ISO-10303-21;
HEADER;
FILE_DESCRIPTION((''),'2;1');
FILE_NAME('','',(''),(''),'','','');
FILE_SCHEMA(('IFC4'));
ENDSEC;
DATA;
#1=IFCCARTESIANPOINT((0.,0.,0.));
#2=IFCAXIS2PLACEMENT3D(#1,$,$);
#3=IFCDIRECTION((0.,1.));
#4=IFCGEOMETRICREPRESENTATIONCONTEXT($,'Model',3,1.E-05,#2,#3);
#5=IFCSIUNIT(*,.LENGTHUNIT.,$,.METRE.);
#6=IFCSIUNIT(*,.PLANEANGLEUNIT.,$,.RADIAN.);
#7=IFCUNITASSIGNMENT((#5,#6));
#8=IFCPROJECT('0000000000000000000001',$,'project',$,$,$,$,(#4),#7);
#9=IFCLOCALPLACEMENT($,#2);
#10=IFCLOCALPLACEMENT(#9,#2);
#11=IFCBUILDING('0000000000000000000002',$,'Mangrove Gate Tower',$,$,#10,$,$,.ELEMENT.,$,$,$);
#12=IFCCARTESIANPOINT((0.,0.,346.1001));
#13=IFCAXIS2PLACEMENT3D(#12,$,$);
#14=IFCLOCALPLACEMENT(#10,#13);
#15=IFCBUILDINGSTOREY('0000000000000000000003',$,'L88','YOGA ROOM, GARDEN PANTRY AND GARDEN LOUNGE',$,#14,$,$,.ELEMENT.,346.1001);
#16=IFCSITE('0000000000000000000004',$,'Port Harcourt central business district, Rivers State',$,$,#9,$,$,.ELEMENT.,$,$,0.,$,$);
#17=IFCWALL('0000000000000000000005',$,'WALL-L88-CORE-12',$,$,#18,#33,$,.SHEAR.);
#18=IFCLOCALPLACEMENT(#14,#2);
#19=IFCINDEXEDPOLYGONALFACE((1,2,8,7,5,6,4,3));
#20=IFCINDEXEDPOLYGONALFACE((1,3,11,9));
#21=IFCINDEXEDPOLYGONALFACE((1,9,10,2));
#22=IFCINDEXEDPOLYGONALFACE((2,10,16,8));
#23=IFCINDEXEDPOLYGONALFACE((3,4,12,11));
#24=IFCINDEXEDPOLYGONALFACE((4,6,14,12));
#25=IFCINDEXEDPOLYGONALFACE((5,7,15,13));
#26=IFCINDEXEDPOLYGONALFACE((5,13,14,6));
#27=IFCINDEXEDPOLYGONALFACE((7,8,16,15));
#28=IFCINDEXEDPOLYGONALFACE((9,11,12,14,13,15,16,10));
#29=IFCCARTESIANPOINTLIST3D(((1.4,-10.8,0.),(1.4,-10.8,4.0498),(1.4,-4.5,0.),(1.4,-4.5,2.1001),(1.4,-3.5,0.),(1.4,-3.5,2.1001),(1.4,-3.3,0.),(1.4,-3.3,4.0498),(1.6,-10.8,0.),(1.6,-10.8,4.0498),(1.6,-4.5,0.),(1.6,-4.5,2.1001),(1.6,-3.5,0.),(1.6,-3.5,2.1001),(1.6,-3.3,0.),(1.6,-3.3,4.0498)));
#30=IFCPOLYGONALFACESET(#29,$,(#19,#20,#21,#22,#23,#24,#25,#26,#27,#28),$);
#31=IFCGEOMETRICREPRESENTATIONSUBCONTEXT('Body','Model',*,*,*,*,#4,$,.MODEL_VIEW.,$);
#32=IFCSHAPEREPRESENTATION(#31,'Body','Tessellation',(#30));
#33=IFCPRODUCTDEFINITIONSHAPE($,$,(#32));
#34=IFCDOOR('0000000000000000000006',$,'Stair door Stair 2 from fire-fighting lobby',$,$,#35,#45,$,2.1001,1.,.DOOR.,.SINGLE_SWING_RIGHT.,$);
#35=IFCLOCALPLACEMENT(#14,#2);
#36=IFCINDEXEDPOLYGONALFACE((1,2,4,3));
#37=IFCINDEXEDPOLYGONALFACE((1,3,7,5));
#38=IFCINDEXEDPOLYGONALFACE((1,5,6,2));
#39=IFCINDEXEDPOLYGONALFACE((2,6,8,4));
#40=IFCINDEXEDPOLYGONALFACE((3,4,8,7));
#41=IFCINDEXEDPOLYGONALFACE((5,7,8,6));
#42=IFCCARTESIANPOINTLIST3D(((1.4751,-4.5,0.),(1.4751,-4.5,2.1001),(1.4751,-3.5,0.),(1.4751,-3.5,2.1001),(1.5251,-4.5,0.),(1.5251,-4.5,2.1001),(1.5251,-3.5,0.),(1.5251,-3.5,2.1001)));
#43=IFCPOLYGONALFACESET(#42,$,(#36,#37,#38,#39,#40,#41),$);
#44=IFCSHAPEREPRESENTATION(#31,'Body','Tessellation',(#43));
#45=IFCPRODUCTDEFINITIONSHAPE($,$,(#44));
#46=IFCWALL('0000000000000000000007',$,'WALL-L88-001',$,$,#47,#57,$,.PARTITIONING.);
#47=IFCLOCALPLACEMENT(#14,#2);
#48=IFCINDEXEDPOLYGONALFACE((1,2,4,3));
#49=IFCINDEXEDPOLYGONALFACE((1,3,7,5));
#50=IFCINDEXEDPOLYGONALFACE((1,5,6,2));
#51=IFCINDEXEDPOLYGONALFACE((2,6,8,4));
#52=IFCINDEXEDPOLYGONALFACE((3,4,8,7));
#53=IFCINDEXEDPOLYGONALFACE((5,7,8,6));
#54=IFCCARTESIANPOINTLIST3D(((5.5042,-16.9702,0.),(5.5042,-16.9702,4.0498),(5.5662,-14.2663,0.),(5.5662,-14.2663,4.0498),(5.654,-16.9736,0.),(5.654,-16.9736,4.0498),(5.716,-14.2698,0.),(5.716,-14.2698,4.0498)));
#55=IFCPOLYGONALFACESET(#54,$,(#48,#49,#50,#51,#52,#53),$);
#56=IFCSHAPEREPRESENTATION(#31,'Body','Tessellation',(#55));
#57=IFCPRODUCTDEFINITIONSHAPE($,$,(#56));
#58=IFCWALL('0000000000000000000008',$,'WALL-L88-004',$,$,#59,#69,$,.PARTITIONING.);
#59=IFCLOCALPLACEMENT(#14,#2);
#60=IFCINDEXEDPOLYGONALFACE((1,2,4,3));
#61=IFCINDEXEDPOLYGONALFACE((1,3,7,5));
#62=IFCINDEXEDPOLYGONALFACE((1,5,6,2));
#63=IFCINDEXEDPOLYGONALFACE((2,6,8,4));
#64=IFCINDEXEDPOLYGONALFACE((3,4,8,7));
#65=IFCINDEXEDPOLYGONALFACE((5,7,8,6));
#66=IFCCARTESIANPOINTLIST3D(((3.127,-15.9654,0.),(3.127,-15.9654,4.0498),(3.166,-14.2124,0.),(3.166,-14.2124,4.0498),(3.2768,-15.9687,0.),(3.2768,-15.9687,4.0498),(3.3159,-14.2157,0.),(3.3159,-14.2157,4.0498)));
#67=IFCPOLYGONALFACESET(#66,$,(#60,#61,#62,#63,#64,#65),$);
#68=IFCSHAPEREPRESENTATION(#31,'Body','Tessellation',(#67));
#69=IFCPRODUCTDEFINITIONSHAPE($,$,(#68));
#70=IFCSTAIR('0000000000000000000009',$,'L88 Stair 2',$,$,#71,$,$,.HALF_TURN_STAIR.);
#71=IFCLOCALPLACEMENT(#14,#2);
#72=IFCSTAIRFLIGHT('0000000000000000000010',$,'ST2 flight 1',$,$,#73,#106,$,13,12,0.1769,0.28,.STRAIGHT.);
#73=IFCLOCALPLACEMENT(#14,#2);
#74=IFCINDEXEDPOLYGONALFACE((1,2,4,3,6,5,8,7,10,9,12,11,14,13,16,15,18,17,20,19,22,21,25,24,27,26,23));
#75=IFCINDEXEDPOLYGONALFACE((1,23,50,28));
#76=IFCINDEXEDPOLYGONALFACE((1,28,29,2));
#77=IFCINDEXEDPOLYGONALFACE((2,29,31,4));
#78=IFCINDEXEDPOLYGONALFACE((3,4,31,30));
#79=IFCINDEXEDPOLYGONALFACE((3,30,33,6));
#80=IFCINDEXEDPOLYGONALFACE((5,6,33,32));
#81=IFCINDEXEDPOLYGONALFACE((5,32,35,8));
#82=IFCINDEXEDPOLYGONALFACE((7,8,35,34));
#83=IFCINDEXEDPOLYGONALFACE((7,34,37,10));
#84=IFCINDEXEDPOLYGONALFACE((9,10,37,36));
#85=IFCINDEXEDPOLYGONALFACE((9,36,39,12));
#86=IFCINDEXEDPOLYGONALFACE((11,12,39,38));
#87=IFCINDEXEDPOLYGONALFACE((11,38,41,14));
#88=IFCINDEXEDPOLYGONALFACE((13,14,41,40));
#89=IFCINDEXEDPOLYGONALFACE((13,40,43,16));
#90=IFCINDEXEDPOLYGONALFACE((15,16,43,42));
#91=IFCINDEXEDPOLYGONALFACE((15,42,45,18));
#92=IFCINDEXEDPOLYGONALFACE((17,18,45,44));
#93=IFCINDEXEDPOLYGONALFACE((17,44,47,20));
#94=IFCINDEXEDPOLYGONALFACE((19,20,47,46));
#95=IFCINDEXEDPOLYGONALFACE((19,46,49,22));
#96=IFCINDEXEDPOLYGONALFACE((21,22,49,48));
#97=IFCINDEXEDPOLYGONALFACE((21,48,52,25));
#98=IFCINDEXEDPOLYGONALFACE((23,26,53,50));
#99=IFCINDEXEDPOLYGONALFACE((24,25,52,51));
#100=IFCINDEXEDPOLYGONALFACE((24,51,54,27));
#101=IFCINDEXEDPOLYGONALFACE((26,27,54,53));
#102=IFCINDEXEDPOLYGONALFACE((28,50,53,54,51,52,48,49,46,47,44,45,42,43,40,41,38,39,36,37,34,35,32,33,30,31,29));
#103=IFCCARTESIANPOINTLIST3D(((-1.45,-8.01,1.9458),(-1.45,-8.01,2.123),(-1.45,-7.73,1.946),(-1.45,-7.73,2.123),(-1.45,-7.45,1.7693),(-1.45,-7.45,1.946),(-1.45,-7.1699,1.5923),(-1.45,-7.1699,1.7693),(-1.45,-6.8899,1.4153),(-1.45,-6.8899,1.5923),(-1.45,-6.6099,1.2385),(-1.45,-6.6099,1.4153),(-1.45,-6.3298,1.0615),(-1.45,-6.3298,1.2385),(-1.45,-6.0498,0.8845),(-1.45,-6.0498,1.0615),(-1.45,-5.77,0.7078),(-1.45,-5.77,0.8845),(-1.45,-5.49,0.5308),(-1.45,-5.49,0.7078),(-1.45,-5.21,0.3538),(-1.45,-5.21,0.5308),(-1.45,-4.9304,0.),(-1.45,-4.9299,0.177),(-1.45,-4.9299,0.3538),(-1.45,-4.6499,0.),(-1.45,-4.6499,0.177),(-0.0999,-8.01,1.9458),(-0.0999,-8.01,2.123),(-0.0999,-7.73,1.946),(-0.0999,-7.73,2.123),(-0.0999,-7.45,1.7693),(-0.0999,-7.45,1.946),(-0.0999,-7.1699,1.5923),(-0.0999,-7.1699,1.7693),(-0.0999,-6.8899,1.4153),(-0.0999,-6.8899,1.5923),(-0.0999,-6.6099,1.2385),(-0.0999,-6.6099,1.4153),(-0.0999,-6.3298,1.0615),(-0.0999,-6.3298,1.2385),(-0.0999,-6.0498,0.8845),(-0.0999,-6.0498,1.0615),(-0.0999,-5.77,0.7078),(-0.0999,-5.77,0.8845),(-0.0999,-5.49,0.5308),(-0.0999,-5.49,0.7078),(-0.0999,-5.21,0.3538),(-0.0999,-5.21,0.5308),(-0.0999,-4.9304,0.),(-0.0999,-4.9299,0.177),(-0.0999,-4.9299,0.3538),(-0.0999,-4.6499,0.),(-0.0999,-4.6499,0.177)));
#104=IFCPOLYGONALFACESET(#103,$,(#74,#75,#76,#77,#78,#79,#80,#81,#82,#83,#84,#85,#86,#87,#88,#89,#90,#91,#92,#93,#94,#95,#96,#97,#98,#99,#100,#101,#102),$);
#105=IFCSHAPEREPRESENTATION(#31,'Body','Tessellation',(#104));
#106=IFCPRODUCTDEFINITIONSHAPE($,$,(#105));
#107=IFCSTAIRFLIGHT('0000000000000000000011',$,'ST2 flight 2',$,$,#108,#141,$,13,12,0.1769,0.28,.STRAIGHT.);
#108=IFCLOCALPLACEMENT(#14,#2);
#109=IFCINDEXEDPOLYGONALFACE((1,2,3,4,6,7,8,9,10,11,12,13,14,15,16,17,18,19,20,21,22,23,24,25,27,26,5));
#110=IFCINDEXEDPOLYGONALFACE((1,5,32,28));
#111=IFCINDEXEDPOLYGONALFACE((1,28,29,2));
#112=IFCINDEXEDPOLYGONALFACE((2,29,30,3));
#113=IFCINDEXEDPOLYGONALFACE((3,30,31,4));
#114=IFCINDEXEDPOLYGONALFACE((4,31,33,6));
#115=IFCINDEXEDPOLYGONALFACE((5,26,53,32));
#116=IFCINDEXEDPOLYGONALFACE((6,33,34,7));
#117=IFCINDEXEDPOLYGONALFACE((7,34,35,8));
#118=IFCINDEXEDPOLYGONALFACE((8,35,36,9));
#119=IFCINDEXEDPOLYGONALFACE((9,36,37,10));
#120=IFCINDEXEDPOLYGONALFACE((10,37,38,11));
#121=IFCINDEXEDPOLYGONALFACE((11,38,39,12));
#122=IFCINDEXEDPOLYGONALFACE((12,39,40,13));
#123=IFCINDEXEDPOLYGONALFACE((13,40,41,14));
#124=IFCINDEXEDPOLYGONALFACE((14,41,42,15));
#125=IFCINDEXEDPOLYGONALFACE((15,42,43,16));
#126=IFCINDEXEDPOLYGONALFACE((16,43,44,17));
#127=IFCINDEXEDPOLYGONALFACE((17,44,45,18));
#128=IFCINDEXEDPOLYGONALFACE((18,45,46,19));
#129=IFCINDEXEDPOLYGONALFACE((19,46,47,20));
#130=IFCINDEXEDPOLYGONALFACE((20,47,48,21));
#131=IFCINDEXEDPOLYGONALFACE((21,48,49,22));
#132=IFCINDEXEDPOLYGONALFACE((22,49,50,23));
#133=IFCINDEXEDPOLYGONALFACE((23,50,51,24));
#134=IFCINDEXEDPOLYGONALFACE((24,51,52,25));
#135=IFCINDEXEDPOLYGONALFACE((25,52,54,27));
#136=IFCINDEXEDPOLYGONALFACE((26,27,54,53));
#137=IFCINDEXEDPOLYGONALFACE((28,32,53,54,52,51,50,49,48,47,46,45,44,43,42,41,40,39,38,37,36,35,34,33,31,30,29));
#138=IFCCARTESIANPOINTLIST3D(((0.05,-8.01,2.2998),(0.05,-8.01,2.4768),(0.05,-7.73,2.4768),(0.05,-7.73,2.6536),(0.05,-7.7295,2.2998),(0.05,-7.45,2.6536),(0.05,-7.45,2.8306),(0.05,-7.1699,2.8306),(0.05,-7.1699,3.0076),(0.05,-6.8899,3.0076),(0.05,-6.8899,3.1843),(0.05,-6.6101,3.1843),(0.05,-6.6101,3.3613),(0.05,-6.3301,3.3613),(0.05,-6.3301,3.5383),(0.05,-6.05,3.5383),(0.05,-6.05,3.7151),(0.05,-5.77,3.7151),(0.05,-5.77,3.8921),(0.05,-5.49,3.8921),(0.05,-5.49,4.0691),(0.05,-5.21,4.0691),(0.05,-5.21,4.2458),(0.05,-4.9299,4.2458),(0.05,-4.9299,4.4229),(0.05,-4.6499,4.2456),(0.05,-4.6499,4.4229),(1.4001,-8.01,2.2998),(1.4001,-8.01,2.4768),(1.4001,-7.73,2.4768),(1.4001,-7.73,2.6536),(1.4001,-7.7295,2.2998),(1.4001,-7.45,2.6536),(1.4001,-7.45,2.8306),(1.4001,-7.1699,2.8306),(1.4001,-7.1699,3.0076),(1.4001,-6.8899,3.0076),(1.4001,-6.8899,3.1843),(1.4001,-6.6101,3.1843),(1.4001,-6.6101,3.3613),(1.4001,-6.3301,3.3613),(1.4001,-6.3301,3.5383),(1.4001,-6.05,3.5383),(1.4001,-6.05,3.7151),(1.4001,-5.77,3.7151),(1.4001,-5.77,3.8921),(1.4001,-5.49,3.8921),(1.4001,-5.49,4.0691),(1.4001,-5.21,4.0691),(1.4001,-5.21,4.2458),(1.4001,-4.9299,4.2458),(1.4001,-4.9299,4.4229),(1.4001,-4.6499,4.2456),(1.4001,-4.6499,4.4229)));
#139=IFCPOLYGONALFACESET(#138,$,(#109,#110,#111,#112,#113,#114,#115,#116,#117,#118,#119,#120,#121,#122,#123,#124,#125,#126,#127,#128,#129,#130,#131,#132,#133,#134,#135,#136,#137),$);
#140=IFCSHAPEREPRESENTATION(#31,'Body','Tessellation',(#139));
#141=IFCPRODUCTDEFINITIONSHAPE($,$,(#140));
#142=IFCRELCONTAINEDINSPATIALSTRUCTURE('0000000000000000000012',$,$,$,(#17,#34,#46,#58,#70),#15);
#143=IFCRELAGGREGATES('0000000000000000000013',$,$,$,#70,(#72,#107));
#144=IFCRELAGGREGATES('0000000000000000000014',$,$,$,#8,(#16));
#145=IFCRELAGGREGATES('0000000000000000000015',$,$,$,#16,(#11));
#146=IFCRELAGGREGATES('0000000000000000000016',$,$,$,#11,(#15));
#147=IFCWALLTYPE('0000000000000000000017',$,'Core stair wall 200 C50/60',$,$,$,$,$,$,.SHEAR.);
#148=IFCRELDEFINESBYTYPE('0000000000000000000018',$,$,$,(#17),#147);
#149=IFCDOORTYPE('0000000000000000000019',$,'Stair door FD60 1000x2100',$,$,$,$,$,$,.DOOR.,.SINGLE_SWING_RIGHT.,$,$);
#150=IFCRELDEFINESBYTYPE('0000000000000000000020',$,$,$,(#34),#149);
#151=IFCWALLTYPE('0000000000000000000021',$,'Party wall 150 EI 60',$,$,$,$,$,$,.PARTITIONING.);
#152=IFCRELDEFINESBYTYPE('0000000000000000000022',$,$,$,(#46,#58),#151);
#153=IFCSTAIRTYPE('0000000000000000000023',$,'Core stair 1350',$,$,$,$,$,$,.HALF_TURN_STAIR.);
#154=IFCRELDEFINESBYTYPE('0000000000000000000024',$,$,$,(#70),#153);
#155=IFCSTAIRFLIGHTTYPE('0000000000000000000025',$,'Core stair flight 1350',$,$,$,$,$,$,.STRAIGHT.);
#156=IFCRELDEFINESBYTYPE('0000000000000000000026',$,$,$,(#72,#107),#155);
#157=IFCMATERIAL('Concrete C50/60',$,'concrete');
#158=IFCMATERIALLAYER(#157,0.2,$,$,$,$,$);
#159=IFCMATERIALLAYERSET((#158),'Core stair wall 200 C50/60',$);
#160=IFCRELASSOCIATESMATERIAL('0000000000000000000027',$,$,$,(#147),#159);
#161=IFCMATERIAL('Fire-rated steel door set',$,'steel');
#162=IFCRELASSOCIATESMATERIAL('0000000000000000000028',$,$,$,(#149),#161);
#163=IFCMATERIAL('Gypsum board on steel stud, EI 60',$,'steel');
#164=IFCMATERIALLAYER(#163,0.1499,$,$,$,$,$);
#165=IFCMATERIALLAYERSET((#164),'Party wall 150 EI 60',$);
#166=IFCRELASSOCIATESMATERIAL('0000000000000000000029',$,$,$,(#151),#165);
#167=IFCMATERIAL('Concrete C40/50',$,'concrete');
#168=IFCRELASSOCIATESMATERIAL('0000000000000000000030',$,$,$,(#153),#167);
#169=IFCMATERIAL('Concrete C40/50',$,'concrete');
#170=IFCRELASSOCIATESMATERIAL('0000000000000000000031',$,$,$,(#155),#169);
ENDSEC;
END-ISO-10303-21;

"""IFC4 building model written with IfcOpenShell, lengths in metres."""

from ifc_helpers import new_model, si_unit, direction, frame, frame_2d, origin, place, context, subcontext, project, spatial, polyline, rectangle, outline, extrude, material, layer, layer_set, type_object, element, fill, aggregate, save


model = new_model("IFC4")

# Units and contexts
model_context = context("Model", 3, precision=1e-05, world=origin(), true_north=direction((0.0, 1.0)))
body_context = subcontext(model_context, "Body", "Model", "MODEL_VIEW")
ifc_project = project(units=[si_unit("LENGTHUNIT", "METRE"), si_unit("PLANEANGLEUNIT", "RADIAN")], contexts=[model_context])

# Site, building, storey
site_placement = place(None, origin())
site = spatial("IfcSite", under=ifc_project, at=site_placement, Name="Port Harcourt central business district, Rivers State", CompositionType="ELEMENT", RefElevation=0.0)
building_placement = place(site_placement, origin())
building = spatial("IfcBuilding", under=site, at=building_placement, Name="Mangrove Gate Tower", CompositionType="ELEMENT")
storey_placement = place(building_placement, frame((0.0, 0.0, 346.1001)))
storey = spatial("IfcBuildingStorey", under=building, at=storey_placement, Name="L88", Description="YOGA ROOM, GARDEN PANTRY AND GARDEN LOUNGE", CompositionType="ELEMENT", Elevation=346.1001)

# Wall, opening, door
ifc_material_1 = material(Name="Concrete C50/60", Category="concrete")
ifc_layer_1 = layer(ifc_material_1, 0.2)
ifc_layer_set_1 = layer_set([ifc_layer_1], Name="Core stair wall 200 C50/60")
wall_type_1 = type_object("IfcWallType", Name="Core stair wall 200 C50/60", PredefinedType="SHEAR", material=ifc_layer_set_1)
ifc_material_2 = material(Name="Fire-rated steel door set", Category="steel")
door_type_1 = type_object("IfcDoorType", Name="Stair door FD60 1000x2100", OperationType="SINGLE_SWING_RIGHT", PredefinedType="DOOR", material=ifc_material_2)
wall_1_placement = place(storey_placement, frame((1.5, -10.8, 0.0), z_axis=(0.0, 0.0, 1.0), x_axis=(0.0, 1.0, 0.0)))
wall_1 = element("IfcWall", 1, at=wall_1_placement, inside=storey, type_object=wall_type_1, Name="WALL-L88-CORE-12", PredefinedType="SHEAR", context=body_context, shape_type="SweptSolid", body=[
    extrude(rectangle(XDim=7.5, YDim=0.2, at=frame_2d((3.75, 0.0))), origin(), (0.0, 0.0, 1.0), 4.0498),
])
opening_1_placement = place(wall_1_placement, frame((6.3, 0.0, 0.0)))
opening_1 = element("IfcOpeningElement", 2, at=opening_1_placement, cuts=wall_1, PredefinedType="OPENING", context=body_context, shape_type="SweptSolid", body=[
    extrude(rectangle(XDim=1.0, YDim=2.1001, at=frame_2d((0.5, 1.05))), frame((0.0, 0.1099, 0.0), z_axis=(0.0, -1.0, 0.0), x_axis=(1.0, 0.0, 0.0)), (0.0, 0.0, 1.0), 0.22),
])
door_1_placement = place(opening_1_placement, origin())
door_1 = element("IfcDoor", 3, at=door_1_placement, inside=storey, type_object=door_type_1, Name="Stair door Stair 2 from fire-fighting lobby", OperationType="SINGLE_SWING_RIGHT", OverallHeight=2.1001, OverallWidth=1.0, PredefinedType="DOOR", context=body_context, shape_type="SweptSolid", body=[
    extrude(rectangle(XDim=1.0, YDim=2.1001, at=frame_2d((0.5, 1.05))), frame((0.0, 0.0249, 0.0), z_axis=(0.0, -1.0, 0.0), x_axis=(1.0, 0.0, 0.0)), (0.0, 0.0, 1.0), 0.05),
])
fill(opening_1, door_1)

# Walls
ifc_material_3 = material(Name="Gypsum board on steel stud, EI 60", Category="steel")
ifc_layer_2 = layer(ifc_material_3, 0.1499)
ifc_layer_set_2 = layer_set([ifc_layer_2], Name="Party wall 150 EI 60")
wall_type_2 = type_object("IfcWallType", Name="Party wall 150 EI 60", PredefinedType="PARTITIONING", material=ifc_layer_set_2)
wall_2_placement = place(storey_placement, frame((5.5791, -16.9719, 0.0), z_axis=(0.0, 0.0, 1.0), x_axis=(0.022929, 0.999737, 0.0)))
element("IfcWall", 4, at=wall_2_placement, inside=storey, type_object=wall_type_2, Name="WALL-L88-001", PredefinedType="PARTITIONING", context=body_context, shape_type="SweptSolid", body=[
    extrude(rectangle(XDim=2.7046, YDim=0.1499, at=frame_2d((1.3523, 0.0))), origin(), (0.0, 0.0, 1.0), 4.0498),
])
wall_3_placement = place(storey_placement, frame((3.2019, -15.967, 0.0), z_axis=(0.0, 0.0, 1.0), x_axis=(0.022279, 0.999752, 0.0)))
element("IfcWall", 5, at=wall_3_placement, inside=storey, type_object=wall_type_2, Name="WALL-L88-004", PredefinedType="PARTITIONING", context=body_context, shape_type="SweptSolid", body=[
    extrude(rectangle(XDim=1.7534, YDim=0.1499, at=frame_2d((0.8767, 0.0))), origin(), (0.0, 0.0, 1.0), 4.0498),
])

# Stair, stair flights
ifc_material_4 = material(Name="Concrete C40/50", Category="concrete")
stair_type = type_object("IfcStairType", Name="Core stair 1350", PredefinedType="HALF_TURN_STAIR", material=ifc_material_4)
stair_placement = place(storey_placement, origin())
stair = element("IfcStair", 6, at=stair_placement, inside=storey, type_object=stair_type, Name="L88 Stair 2", PredefinedType="HALF_TURN_STAIR")
ifc_material_5 = material(Name="Concrete C40/50", Category="concrete")
stair_flight_type = type_object("IfcStairFlightType", Name="Core stair flight 1350", PredefinedType="STRAIGHT", material=ifc_material_5)
stair_flight_1_placement = place(storey_placement, frame((-0.7749, -4.6499, 0.0), z_axis=(0.0, 0.0, 1.0), x_axis=(0.0, -1.0, 0.0)))
stair_flight_1 = element("IfcStairFlight", 7, at=stair_flight_1_placement, type_object=stair_flight_type, Name="ST2 flight 1", NumberOfRisers=13, NumberOfTreads=12, PredefinedType="STRAIGHT", RiserHeight=0.1769, TreadLength=0.28, context=body_context, shape_type="SweptSolid", body=[
    extrude(outline(polyline([(0.0, 0.0), (0.0, 0.177), (0.28, 0.177), (0.28, 0.3538), (0.5601, 0.3538), (0.5601, 0.5308), (0.8401, 0.5308), (0.8401, 0.7078), (1.1201, 0.7078), (1.1201, 0.8845), (1.3999, 0.8845), (1.3999, 1.0615), (1.6799, 1.0615), (1.6799, 1.2385), (1.96, 1.2385), (1.96, 1.4153), (2.24, 1.4153), (2.24, 1.5923), (2.52, 1.5923), (2.52, 1.7693), (2.8, 1.7693), (2.8, 1.946), (3.0801, 1.946), (3.0801, 2.123), (3.3601, 2.123), (3.3601, 2.3), (3.3601, 1.9458), (0.2805, 0.0), (0.0, 0.0)])), frame((0.0, 0.675, 0.0), z_axis=(0.0, -1.0, 0.0), x_axis=(1.0, 0.0, 0.0)), (0.0, 0.0, 1.0), 1.3501),
])
stair_flight_2_placement = place(storey_placement, frame((0.7251, -8.01, 2.2998), z_axis=(0.0, 0.0, 1.0), x_axis=(0.0, 1.0, 0.0)))
stair_flight_2 = element("IfcStairFlight", 8, at=stair_flight_2_placement, type_object=stair_flight_type, Name="ST2 flight 2", NumberOfRisers=13, NumberOfTreads=12, PredefinedType="STRAIGHT", RiserHeight=0.1769, TreadLength=0.28, context=body_context, shape_type="SweptSolid", body=[
    extrude(outline(polyline([(0.0, 0.0), (0.0, 0.177), (0.28, 0.177), (0.28, 0.3538), (0.5601, 0.3538), (0.5601, 0.5308), (0.8401, 0.5308), (0.8401, 0.7078), (1.1201, 0.7078), (1.1201, 0.8845), (1.3999, 0.8845), (1.3999, 1.0615), (1.6799, 1.0615), (1.6799, 1.2385), (1.96, 1.2385), (1.96, 1.4153), (2.24, 1.4153), (2.24, 1.5923), (2.52, 1.5923), (2.52, 1.7693), (2.8, 1.7693), (2.8, 1.946), (3.0801, 1.946), (3.0801, 2.123), (3.3601, 2.123), (3.3601, 2.3), (3.3601, 1.9458), (0.2805, 0.0), (0.0, 0.0)])), frame((0.0, 0.675, 0.0), z_axis=(0.0, -1.0, 0.0), x_axis=(1.0, 0.0, 0.0)), (0.0, 0.0, 1.0), 1.3501),
])
aggregate(stair, [stair_flight_1, stair_flight_2])

save(model, "model.ifc")
